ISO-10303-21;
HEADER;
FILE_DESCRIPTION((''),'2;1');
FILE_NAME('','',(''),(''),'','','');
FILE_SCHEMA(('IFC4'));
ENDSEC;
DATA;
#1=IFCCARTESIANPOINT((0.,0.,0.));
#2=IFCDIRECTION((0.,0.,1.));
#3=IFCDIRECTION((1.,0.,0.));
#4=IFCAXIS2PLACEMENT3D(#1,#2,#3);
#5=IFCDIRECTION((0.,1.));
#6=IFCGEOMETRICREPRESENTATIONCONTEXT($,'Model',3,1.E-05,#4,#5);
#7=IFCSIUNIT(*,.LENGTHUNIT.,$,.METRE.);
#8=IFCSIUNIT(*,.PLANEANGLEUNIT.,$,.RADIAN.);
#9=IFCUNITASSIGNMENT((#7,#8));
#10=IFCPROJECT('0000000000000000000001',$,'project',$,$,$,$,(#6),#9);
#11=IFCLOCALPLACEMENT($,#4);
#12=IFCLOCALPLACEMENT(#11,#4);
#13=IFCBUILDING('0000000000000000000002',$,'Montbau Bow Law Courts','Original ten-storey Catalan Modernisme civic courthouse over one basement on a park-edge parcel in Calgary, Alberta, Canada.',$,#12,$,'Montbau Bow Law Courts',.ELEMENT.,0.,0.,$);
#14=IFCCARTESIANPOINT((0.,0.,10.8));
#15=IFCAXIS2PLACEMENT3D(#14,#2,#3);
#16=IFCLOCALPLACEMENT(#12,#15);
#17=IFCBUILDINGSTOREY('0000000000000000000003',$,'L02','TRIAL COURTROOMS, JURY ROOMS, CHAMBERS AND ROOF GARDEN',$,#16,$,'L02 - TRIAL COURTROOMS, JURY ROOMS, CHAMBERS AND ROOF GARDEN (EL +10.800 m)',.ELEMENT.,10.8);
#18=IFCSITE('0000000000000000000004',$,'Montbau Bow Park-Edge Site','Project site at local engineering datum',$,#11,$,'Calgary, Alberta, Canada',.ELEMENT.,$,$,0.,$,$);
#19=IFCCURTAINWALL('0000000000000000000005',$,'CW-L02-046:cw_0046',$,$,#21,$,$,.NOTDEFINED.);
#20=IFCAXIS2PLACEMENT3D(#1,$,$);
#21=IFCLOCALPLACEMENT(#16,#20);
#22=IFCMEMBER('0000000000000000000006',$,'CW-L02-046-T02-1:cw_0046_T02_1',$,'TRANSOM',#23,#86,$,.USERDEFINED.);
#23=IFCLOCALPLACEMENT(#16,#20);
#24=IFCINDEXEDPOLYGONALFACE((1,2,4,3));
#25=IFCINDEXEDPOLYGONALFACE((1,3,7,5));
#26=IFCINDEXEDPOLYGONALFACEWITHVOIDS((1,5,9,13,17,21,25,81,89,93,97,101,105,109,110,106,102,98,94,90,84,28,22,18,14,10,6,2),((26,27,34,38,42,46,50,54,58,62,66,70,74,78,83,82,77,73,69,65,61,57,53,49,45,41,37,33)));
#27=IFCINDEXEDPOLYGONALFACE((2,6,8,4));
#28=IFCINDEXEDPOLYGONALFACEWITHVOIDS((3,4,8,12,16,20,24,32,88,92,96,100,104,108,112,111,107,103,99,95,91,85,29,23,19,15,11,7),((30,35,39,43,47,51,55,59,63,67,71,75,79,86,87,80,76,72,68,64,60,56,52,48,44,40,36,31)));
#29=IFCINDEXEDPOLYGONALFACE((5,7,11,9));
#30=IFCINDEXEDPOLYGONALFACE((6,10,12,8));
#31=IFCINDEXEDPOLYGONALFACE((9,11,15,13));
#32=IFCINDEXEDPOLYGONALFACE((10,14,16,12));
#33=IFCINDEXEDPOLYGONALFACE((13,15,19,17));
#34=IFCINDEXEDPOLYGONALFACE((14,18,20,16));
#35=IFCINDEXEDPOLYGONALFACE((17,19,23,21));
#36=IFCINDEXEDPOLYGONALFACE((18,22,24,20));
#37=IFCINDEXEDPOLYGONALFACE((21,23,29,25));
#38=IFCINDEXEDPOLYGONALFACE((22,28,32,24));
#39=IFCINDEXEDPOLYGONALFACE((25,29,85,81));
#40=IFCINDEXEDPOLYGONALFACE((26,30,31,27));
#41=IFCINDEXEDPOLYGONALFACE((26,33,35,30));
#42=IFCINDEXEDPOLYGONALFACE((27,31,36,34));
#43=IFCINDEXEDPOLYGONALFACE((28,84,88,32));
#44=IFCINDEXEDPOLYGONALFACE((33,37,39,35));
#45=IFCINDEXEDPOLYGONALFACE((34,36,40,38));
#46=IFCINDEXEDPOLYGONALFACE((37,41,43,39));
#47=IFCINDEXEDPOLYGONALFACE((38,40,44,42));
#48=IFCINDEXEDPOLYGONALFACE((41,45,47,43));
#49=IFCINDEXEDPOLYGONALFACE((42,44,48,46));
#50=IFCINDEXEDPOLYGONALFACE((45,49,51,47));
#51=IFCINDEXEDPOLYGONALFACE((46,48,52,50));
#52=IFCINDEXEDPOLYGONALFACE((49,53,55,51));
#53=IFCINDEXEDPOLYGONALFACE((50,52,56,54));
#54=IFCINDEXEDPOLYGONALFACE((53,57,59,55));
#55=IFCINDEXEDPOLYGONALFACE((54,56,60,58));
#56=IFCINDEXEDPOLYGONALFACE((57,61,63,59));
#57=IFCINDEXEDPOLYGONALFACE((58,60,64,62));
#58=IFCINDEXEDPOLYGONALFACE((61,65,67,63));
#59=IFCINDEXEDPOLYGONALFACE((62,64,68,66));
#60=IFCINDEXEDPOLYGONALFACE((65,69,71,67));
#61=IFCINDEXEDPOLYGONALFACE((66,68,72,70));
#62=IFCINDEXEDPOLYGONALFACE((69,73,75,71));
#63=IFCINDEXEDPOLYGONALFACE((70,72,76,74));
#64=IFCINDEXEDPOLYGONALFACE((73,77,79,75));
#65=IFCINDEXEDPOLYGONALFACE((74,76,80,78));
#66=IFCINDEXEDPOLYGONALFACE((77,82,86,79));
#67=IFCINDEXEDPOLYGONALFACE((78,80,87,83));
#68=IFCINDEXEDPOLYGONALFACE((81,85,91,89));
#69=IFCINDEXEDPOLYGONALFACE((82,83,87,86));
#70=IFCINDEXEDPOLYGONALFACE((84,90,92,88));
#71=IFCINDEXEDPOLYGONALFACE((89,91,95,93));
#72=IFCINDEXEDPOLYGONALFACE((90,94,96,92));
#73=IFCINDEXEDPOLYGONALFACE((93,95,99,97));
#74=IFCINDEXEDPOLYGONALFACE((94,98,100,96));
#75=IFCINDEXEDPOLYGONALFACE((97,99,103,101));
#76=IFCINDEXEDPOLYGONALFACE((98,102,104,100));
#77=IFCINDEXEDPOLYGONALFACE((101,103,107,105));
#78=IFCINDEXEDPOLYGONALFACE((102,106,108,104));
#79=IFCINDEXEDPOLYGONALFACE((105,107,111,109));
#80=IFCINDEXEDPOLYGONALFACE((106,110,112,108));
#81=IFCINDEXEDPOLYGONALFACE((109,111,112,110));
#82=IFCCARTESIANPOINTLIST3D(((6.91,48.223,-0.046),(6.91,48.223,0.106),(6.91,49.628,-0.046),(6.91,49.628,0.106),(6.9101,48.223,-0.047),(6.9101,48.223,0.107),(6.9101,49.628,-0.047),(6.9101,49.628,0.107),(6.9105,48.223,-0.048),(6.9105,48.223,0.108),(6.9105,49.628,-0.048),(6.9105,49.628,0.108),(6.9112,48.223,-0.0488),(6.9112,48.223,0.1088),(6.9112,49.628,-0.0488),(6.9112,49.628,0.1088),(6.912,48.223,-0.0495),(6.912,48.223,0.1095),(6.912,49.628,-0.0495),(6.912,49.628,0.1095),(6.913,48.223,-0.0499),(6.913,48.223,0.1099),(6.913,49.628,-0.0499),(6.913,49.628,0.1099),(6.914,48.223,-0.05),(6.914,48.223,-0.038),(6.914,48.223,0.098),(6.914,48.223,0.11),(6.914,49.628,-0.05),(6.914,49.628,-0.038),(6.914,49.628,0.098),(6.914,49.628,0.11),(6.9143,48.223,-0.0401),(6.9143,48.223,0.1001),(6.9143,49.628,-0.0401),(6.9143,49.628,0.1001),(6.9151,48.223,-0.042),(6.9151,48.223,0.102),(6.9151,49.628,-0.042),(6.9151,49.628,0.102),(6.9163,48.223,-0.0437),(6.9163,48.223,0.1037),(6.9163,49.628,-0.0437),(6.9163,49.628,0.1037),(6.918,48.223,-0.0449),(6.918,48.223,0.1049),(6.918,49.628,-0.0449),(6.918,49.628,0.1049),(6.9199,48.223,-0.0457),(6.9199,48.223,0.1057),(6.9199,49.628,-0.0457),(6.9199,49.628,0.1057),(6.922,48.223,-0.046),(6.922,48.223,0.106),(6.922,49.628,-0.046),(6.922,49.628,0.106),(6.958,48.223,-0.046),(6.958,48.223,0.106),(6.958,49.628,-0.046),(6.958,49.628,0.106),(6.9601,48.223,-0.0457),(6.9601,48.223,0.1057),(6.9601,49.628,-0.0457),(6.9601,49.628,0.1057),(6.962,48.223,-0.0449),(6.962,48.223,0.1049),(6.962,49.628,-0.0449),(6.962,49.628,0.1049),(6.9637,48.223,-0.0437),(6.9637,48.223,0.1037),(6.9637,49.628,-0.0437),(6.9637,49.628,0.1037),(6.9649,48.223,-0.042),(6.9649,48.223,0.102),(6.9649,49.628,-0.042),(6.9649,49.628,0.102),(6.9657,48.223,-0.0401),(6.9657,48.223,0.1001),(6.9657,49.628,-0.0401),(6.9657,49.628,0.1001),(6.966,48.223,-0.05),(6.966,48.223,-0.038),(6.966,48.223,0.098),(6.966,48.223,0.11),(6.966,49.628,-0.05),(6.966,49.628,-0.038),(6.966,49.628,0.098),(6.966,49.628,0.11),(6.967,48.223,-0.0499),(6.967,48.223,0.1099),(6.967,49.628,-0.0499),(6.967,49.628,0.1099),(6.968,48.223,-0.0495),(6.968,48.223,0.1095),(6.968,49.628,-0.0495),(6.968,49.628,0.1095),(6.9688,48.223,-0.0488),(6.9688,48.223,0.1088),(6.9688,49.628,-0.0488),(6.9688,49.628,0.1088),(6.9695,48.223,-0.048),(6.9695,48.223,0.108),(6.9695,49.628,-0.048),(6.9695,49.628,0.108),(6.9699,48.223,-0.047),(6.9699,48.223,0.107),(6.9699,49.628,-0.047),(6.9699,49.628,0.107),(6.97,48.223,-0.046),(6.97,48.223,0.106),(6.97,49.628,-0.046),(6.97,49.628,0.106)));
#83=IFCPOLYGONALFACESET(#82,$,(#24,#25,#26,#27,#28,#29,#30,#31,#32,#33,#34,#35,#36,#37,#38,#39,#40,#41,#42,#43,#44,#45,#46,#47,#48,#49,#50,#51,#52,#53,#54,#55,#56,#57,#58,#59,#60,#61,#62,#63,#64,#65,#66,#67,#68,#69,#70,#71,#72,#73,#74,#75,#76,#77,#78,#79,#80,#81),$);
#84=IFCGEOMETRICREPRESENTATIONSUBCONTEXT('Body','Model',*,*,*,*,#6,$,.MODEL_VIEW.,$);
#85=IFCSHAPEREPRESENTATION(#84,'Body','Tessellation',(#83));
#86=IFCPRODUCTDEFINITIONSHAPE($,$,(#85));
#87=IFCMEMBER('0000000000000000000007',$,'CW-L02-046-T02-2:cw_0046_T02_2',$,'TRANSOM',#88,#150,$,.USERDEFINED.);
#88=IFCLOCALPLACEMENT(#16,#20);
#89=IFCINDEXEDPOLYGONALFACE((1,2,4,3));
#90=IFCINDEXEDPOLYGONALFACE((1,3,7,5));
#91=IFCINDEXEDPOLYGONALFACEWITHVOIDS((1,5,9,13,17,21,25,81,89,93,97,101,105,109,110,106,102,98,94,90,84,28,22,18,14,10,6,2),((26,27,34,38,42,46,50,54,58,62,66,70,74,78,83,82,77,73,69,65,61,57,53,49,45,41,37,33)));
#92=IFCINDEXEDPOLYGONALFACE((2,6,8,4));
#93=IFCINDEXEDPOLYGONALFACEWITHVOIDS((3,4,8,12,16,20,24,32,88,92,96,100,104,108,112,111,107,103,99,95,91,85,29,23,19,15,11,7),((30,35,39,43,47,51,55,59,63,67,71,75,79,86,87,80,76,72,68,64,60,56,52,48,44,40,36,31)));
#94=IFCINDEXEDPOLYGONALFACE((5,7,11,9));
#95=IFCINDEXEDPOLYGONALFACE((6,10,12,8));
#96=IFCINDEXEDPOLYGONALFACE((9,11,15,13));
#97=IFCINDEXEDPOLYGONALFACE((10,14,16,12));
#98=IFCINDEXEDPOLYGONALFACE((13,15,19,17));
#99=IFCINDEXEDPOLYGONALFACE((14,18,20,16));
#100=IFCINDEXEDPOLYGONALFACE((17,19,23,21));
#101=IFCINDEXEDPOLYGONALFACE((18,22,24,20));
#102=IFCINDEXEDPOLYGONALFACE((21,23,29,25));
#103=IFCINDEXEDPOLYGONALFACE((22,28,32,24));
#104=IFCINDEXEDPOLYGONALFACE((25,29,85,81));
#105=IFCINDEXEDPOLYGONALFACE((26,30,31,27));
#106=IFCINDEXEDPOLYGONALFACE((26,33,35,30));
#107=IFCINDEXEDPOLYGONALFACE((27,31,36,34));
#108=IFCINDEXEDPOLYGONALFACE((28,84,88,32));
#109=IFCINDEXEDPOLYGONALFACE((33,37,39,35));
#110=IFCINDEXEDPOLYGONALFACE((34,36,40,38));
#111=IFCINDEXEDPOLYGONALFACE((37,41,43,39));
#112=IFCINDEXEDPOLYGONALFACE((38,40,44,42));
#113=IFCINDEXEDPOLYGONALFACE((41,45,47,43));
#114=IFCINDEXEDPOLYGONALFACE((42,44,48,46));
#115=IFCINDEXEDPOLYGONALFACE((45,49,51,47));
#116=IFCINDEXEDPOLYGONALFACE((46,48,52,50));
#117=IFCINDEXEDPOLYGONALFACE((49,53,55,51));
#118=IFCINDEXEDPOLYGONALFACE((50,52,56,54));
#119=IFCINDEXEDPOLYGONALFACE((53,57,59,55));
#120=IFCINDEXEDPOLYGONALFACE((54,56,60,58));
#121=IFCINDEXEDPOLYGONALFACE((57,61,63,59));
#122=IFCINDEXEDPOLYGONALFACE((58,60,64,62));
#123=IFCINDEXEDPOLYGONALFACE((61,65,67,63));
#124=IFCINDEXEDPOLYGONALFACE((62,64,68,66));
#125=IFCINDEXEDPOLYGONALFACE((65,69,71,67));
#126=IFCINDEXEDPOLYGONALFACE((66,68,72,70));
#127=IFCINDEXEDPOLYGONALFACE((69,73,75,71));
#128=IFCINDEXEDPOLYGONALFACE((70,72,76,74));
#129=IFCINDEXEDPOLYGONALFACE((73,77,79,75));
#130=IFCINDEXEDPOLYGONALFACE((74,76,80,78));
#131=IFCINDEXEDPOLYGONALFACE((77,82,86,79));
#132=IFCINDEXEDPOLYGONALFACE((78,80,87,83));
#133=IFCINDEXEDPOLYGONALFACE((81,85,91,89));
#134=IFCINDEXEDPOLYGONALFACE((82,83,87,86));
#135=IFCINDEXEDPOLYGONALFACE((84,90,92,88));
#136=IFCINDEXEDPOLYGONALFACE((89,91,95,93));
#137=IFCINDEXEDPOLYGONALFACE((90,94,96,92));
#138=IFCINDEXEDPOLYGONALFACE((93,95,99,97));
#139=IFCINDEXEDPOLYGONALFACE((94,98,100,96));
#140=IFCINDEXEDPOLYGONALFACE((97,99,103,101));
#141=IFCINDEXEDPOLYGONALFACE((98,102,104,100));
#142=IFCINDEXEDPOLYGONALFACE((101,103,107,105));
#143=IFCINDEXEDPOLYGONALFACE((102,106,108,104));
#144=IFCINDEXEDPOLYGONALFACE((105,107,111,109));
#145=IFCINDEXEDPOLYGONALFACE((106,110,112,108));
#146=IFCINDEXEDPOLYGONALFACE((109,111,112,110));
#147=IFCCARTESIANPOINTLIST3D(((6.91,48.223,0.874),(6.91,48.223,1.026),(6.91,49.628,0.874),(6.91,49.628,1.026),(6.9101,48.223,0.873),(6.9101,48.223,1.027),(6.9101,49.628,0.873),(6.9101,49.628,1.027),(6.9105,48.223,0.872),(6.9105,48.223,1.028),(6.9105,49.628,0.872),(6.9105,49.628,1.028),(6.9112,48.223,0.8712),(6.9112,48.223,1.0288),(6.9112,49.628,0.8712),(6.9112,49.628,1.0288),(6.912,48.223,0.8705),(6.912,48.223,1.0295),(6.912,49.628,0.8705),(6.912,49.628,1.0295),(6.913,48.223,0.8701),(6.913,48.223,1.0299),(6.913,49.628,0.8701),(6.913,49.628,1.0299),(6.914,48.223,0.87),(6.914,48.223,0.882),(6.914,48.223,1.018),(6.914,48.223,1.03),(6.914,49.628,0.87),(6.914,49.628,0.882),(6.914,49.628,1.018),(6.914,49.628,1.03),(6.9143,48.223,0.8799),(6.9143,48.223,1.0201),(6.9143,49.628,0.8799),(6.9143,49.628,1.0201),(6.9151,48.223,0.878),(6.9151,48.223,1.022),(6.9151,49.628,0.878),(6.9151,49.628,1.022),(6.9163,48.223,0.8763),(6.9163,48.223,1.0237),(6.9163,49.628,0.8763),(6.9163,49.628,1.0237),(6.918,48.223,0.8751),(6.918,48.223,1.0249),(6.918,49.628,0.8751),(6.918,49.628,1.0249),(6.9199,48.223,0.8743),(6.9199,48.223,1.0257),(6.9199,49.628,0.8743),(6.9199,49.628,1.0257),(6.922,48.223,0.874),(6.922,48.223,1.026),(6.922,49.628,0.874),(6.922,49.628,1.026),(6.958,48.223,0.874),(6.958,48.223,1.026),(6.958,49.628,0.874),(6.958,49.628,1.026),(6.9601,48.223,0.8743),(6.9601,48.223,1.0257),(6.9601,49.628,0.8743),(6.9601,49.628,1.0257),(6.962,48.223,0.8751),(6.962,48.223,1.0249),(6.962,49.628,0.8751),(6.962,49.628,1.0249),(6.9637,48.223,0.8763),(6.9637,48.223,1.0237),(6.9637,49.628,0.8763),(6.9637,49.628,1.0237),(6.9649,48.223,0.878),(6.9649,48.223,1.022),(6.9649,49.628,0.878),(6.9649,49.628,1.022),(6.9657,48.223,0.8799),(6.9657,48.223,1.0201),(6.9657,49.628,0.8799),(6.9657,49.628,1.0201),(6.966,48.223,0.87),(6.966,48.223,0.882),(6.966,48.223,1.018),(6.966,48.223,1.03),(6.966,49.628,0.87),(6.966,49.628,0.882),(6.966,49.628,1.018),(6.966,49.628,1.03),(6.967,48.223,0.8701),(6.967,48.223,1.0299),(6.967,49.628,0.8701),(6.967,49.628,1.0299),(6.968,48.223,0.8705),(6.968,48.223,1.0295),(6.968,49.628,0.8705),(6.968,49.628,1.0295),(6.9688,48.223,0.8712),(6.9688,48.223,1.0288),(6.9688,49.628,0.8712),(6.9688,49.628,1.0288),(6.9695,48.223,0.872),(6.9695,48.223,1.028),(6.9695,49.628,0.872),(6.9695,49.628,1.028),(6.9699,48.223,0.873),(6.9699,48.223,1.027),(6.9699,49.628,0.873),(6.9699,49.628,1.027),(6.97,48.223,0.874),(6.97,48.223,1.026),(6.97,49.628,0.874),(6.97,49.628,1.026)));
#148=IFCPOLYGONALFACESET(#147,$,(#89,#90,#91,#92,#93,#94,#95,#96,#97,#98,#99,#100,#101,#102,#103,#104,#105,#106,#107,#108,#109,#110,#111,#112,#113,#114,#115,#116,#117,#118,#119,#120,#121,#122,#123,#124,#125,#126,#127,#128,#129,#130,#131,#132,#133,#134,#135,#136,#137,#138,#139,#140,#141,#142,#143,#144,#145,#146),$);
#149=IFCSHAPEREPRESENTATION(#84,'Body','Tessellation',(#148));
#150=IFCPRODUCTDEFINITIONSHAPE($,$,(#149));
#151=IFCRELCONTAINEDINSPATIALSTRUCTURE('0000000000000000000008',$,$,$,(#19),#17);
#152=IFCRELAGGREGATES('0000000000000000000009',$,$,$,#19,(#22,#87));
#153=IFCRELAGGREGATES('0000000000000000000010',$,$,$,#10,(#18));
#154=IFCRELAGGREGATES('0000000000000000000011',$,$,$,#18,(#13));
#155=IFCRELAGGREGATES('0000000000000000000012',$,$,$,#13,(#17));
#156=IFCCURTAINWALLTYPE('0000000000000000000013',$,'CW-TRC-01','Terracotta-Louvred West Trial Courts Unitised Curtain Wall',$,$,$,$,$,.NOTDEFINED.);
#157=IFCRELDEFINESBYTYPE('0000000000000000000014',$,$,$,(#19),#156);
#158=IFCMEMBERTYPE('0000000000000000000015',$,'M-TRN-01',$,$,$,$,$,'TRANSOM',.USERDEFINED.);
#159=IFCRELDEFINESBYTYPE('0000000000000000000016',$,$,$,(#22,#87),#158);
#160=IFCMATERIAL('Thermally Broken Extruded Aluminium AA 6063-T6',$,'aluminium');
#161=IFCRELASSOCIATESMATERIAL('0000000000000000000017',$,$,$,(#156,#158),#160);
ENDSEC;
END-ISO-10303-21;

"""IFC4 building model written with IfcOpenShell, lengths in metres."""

from ifc_helpers import new_model, si_unit, direction, frame, origin_with_axes, origin_2d_with_axis, place, context, subcontext, project, spatial, hollow_rectangle, extrude, material, material_profile, profile_set, type_object, element, aggregate, save


model = new_model("IFC4")

# Units and contexts
model_context = context("Model", 3, precision=1e-05, world=origin_with_axes(), true_north=direction((0.0, 1.0)))
body_context = subcontext(model_context, "Body", "Model", "MODEL_VIEW")
ifc_project = project(units=[si_unit("LENGTHUNIT", "METRE"), si_unit("PLANEANGLEUNIT", "RADIAN")], contexts=[model_context])

# Site, building, storey
site_placement = place(None, origin_with_axes())
site = spatial("IfcSite", under=ifc_project, at=site_placement, Name="Montbau Bow Park-Edge Site", Description="Project site at local engineering datum", LongName="Calgary, Alberta, Canada", CompositionType="ELEMENT", RefElevation=0.0)
building_placement = place(site_placement, origin_with_axes())
building = spatial("IfcBuilding", under=site, at=building_placement, Name="Montbau Bow Law Courts", Description="Original ten-storey Catalan Modernisme civic courthouse over one basement on a park-edge parcel in Calgary, Alberta, Canada.", LongName="Montbau Bow Law Courts", CompositionType="ELEMENT", ElevationOfRefHeight=0.0, ElevationOfTerrain=0.0)
storey_placement = place(building_placement, frame((0.0, 0.0, 10.8), z_axis=(0.0, 0.0, 1.0), x_axis=(1.0, 0.0, 0.0)))
storey = spatial("IfcBuildingStorey", under=building, at=storey_placement, Name="L02", Description="TRIAL COURTROOMS, JURY ROOMS, CHAMBERS AND ROOF GARDEN", LongName="L02 - TRIAL COURTROOMS, JURY ROOMS, CHAMBERS AND ROOF GARDEN (EL +10.800 m)", CompositionType="ELEMENT", Elevation=10.8)

# Curtain wall, members
ifc_material_1 = material(Name="Thermally Broken Extruded Aluminium AA 6063-T6", Category="aluminium")
curtain_wall_type = type_object("IfcCurtainWallType", Name="CW-TRC-01", Description="Terracotta-Louvred West Trial Courts Unitised Curtain Wall", PredefinedType="NOTDEFINED", material=ifc_material_1)
curtain_wall_placement = place(None, frame((6.94, 46.715, 10.8), z_axis=(0.0, 0.0, 1.0), x_axis=(1.0, 0.0, 0.0)))
curtain_wall = element("IfcCurtainWall", 1, at=curtain_wall_placement, inside=storey, type_object=curtain_wall_type, Name="CW-L02-046:cw_0046", PredefinedType="NOTDEFINED")
ifc_material_profile_1 = material_profile(ifc_material_1, hollow_rectangle(XDim=0.06, YDim=0.16, WallThickness=0.004, InnerFilletRadius=0.008, OuterFilletRadius=0.004, at=origin_2d_with_axis()), Name="CWT-160X60", Category="Main", Priority=0)
ifc_profile_set_1 = profile_set([ifc_material_profile_1], Name="Thermally Broken Extruded Aluminium AA 6063-T6")
member_type_1 = type_object("IfcMemberType", Name="M-TRN-01", ElementType="TRANSOM", PredefinedType="USERDEFINED", material=ifc_profile_set_1)
member_1_placement = place(None, frame((6.94, 48.223, 10.83), z_axis=(0.0, 1.0, 0.0), x_axis=(-1.0, 0.0, 0.0)))
member_1 = element("IfcMember", 2, at=member_1_placement, type_object=member_type_1, Name="CW-L02-046-T02-1:cw_0046_T02_1", ObjectType="TRANSOM", PredefinedType="USERDEFINED", context=body_context, shape_type="SweptSolid", body=[
    extrude(hollow_rectangle(XDim=0.06, YDim=0.16, WallThickness=0.004, InnerFilletRadius=0.008, OuterFilletRadius=0.004, at=origin_2d_with_axis()), origin_with_axes(), (0.0, 0.0, 1.0), 1.405),
])
member_2_placement = place(None, frame((6.94, 48.223, 11.75), z_axis=(0.0, 1.0, 0.0), x_axis=(-1.0, 0.0, 0.0)))
member_2 = element("IfcMember", 3, at=member_2_placement, type_object=member_type_1, Name="CW-L02-046-T02-2:cw_0046_T02_2", ObjectType="TRANSOM", PredefinedType="USERDEFINED", context=body_context, shape_type="SweptSolid", body=[
    extrude(hollow_rectangle(XDim=0.06, YDim=0.16, WallThickness=0.004, InnerFilletRadius=0.008, OuterFilletRadius=0.004, at=origin_2d_with_axis()), origin_with_axes(), (0.0, 0.0, 1.0), 1.405),
])
aggregate(curtain_wall, [member_1, member_2])

save(model, "model.ifc")
